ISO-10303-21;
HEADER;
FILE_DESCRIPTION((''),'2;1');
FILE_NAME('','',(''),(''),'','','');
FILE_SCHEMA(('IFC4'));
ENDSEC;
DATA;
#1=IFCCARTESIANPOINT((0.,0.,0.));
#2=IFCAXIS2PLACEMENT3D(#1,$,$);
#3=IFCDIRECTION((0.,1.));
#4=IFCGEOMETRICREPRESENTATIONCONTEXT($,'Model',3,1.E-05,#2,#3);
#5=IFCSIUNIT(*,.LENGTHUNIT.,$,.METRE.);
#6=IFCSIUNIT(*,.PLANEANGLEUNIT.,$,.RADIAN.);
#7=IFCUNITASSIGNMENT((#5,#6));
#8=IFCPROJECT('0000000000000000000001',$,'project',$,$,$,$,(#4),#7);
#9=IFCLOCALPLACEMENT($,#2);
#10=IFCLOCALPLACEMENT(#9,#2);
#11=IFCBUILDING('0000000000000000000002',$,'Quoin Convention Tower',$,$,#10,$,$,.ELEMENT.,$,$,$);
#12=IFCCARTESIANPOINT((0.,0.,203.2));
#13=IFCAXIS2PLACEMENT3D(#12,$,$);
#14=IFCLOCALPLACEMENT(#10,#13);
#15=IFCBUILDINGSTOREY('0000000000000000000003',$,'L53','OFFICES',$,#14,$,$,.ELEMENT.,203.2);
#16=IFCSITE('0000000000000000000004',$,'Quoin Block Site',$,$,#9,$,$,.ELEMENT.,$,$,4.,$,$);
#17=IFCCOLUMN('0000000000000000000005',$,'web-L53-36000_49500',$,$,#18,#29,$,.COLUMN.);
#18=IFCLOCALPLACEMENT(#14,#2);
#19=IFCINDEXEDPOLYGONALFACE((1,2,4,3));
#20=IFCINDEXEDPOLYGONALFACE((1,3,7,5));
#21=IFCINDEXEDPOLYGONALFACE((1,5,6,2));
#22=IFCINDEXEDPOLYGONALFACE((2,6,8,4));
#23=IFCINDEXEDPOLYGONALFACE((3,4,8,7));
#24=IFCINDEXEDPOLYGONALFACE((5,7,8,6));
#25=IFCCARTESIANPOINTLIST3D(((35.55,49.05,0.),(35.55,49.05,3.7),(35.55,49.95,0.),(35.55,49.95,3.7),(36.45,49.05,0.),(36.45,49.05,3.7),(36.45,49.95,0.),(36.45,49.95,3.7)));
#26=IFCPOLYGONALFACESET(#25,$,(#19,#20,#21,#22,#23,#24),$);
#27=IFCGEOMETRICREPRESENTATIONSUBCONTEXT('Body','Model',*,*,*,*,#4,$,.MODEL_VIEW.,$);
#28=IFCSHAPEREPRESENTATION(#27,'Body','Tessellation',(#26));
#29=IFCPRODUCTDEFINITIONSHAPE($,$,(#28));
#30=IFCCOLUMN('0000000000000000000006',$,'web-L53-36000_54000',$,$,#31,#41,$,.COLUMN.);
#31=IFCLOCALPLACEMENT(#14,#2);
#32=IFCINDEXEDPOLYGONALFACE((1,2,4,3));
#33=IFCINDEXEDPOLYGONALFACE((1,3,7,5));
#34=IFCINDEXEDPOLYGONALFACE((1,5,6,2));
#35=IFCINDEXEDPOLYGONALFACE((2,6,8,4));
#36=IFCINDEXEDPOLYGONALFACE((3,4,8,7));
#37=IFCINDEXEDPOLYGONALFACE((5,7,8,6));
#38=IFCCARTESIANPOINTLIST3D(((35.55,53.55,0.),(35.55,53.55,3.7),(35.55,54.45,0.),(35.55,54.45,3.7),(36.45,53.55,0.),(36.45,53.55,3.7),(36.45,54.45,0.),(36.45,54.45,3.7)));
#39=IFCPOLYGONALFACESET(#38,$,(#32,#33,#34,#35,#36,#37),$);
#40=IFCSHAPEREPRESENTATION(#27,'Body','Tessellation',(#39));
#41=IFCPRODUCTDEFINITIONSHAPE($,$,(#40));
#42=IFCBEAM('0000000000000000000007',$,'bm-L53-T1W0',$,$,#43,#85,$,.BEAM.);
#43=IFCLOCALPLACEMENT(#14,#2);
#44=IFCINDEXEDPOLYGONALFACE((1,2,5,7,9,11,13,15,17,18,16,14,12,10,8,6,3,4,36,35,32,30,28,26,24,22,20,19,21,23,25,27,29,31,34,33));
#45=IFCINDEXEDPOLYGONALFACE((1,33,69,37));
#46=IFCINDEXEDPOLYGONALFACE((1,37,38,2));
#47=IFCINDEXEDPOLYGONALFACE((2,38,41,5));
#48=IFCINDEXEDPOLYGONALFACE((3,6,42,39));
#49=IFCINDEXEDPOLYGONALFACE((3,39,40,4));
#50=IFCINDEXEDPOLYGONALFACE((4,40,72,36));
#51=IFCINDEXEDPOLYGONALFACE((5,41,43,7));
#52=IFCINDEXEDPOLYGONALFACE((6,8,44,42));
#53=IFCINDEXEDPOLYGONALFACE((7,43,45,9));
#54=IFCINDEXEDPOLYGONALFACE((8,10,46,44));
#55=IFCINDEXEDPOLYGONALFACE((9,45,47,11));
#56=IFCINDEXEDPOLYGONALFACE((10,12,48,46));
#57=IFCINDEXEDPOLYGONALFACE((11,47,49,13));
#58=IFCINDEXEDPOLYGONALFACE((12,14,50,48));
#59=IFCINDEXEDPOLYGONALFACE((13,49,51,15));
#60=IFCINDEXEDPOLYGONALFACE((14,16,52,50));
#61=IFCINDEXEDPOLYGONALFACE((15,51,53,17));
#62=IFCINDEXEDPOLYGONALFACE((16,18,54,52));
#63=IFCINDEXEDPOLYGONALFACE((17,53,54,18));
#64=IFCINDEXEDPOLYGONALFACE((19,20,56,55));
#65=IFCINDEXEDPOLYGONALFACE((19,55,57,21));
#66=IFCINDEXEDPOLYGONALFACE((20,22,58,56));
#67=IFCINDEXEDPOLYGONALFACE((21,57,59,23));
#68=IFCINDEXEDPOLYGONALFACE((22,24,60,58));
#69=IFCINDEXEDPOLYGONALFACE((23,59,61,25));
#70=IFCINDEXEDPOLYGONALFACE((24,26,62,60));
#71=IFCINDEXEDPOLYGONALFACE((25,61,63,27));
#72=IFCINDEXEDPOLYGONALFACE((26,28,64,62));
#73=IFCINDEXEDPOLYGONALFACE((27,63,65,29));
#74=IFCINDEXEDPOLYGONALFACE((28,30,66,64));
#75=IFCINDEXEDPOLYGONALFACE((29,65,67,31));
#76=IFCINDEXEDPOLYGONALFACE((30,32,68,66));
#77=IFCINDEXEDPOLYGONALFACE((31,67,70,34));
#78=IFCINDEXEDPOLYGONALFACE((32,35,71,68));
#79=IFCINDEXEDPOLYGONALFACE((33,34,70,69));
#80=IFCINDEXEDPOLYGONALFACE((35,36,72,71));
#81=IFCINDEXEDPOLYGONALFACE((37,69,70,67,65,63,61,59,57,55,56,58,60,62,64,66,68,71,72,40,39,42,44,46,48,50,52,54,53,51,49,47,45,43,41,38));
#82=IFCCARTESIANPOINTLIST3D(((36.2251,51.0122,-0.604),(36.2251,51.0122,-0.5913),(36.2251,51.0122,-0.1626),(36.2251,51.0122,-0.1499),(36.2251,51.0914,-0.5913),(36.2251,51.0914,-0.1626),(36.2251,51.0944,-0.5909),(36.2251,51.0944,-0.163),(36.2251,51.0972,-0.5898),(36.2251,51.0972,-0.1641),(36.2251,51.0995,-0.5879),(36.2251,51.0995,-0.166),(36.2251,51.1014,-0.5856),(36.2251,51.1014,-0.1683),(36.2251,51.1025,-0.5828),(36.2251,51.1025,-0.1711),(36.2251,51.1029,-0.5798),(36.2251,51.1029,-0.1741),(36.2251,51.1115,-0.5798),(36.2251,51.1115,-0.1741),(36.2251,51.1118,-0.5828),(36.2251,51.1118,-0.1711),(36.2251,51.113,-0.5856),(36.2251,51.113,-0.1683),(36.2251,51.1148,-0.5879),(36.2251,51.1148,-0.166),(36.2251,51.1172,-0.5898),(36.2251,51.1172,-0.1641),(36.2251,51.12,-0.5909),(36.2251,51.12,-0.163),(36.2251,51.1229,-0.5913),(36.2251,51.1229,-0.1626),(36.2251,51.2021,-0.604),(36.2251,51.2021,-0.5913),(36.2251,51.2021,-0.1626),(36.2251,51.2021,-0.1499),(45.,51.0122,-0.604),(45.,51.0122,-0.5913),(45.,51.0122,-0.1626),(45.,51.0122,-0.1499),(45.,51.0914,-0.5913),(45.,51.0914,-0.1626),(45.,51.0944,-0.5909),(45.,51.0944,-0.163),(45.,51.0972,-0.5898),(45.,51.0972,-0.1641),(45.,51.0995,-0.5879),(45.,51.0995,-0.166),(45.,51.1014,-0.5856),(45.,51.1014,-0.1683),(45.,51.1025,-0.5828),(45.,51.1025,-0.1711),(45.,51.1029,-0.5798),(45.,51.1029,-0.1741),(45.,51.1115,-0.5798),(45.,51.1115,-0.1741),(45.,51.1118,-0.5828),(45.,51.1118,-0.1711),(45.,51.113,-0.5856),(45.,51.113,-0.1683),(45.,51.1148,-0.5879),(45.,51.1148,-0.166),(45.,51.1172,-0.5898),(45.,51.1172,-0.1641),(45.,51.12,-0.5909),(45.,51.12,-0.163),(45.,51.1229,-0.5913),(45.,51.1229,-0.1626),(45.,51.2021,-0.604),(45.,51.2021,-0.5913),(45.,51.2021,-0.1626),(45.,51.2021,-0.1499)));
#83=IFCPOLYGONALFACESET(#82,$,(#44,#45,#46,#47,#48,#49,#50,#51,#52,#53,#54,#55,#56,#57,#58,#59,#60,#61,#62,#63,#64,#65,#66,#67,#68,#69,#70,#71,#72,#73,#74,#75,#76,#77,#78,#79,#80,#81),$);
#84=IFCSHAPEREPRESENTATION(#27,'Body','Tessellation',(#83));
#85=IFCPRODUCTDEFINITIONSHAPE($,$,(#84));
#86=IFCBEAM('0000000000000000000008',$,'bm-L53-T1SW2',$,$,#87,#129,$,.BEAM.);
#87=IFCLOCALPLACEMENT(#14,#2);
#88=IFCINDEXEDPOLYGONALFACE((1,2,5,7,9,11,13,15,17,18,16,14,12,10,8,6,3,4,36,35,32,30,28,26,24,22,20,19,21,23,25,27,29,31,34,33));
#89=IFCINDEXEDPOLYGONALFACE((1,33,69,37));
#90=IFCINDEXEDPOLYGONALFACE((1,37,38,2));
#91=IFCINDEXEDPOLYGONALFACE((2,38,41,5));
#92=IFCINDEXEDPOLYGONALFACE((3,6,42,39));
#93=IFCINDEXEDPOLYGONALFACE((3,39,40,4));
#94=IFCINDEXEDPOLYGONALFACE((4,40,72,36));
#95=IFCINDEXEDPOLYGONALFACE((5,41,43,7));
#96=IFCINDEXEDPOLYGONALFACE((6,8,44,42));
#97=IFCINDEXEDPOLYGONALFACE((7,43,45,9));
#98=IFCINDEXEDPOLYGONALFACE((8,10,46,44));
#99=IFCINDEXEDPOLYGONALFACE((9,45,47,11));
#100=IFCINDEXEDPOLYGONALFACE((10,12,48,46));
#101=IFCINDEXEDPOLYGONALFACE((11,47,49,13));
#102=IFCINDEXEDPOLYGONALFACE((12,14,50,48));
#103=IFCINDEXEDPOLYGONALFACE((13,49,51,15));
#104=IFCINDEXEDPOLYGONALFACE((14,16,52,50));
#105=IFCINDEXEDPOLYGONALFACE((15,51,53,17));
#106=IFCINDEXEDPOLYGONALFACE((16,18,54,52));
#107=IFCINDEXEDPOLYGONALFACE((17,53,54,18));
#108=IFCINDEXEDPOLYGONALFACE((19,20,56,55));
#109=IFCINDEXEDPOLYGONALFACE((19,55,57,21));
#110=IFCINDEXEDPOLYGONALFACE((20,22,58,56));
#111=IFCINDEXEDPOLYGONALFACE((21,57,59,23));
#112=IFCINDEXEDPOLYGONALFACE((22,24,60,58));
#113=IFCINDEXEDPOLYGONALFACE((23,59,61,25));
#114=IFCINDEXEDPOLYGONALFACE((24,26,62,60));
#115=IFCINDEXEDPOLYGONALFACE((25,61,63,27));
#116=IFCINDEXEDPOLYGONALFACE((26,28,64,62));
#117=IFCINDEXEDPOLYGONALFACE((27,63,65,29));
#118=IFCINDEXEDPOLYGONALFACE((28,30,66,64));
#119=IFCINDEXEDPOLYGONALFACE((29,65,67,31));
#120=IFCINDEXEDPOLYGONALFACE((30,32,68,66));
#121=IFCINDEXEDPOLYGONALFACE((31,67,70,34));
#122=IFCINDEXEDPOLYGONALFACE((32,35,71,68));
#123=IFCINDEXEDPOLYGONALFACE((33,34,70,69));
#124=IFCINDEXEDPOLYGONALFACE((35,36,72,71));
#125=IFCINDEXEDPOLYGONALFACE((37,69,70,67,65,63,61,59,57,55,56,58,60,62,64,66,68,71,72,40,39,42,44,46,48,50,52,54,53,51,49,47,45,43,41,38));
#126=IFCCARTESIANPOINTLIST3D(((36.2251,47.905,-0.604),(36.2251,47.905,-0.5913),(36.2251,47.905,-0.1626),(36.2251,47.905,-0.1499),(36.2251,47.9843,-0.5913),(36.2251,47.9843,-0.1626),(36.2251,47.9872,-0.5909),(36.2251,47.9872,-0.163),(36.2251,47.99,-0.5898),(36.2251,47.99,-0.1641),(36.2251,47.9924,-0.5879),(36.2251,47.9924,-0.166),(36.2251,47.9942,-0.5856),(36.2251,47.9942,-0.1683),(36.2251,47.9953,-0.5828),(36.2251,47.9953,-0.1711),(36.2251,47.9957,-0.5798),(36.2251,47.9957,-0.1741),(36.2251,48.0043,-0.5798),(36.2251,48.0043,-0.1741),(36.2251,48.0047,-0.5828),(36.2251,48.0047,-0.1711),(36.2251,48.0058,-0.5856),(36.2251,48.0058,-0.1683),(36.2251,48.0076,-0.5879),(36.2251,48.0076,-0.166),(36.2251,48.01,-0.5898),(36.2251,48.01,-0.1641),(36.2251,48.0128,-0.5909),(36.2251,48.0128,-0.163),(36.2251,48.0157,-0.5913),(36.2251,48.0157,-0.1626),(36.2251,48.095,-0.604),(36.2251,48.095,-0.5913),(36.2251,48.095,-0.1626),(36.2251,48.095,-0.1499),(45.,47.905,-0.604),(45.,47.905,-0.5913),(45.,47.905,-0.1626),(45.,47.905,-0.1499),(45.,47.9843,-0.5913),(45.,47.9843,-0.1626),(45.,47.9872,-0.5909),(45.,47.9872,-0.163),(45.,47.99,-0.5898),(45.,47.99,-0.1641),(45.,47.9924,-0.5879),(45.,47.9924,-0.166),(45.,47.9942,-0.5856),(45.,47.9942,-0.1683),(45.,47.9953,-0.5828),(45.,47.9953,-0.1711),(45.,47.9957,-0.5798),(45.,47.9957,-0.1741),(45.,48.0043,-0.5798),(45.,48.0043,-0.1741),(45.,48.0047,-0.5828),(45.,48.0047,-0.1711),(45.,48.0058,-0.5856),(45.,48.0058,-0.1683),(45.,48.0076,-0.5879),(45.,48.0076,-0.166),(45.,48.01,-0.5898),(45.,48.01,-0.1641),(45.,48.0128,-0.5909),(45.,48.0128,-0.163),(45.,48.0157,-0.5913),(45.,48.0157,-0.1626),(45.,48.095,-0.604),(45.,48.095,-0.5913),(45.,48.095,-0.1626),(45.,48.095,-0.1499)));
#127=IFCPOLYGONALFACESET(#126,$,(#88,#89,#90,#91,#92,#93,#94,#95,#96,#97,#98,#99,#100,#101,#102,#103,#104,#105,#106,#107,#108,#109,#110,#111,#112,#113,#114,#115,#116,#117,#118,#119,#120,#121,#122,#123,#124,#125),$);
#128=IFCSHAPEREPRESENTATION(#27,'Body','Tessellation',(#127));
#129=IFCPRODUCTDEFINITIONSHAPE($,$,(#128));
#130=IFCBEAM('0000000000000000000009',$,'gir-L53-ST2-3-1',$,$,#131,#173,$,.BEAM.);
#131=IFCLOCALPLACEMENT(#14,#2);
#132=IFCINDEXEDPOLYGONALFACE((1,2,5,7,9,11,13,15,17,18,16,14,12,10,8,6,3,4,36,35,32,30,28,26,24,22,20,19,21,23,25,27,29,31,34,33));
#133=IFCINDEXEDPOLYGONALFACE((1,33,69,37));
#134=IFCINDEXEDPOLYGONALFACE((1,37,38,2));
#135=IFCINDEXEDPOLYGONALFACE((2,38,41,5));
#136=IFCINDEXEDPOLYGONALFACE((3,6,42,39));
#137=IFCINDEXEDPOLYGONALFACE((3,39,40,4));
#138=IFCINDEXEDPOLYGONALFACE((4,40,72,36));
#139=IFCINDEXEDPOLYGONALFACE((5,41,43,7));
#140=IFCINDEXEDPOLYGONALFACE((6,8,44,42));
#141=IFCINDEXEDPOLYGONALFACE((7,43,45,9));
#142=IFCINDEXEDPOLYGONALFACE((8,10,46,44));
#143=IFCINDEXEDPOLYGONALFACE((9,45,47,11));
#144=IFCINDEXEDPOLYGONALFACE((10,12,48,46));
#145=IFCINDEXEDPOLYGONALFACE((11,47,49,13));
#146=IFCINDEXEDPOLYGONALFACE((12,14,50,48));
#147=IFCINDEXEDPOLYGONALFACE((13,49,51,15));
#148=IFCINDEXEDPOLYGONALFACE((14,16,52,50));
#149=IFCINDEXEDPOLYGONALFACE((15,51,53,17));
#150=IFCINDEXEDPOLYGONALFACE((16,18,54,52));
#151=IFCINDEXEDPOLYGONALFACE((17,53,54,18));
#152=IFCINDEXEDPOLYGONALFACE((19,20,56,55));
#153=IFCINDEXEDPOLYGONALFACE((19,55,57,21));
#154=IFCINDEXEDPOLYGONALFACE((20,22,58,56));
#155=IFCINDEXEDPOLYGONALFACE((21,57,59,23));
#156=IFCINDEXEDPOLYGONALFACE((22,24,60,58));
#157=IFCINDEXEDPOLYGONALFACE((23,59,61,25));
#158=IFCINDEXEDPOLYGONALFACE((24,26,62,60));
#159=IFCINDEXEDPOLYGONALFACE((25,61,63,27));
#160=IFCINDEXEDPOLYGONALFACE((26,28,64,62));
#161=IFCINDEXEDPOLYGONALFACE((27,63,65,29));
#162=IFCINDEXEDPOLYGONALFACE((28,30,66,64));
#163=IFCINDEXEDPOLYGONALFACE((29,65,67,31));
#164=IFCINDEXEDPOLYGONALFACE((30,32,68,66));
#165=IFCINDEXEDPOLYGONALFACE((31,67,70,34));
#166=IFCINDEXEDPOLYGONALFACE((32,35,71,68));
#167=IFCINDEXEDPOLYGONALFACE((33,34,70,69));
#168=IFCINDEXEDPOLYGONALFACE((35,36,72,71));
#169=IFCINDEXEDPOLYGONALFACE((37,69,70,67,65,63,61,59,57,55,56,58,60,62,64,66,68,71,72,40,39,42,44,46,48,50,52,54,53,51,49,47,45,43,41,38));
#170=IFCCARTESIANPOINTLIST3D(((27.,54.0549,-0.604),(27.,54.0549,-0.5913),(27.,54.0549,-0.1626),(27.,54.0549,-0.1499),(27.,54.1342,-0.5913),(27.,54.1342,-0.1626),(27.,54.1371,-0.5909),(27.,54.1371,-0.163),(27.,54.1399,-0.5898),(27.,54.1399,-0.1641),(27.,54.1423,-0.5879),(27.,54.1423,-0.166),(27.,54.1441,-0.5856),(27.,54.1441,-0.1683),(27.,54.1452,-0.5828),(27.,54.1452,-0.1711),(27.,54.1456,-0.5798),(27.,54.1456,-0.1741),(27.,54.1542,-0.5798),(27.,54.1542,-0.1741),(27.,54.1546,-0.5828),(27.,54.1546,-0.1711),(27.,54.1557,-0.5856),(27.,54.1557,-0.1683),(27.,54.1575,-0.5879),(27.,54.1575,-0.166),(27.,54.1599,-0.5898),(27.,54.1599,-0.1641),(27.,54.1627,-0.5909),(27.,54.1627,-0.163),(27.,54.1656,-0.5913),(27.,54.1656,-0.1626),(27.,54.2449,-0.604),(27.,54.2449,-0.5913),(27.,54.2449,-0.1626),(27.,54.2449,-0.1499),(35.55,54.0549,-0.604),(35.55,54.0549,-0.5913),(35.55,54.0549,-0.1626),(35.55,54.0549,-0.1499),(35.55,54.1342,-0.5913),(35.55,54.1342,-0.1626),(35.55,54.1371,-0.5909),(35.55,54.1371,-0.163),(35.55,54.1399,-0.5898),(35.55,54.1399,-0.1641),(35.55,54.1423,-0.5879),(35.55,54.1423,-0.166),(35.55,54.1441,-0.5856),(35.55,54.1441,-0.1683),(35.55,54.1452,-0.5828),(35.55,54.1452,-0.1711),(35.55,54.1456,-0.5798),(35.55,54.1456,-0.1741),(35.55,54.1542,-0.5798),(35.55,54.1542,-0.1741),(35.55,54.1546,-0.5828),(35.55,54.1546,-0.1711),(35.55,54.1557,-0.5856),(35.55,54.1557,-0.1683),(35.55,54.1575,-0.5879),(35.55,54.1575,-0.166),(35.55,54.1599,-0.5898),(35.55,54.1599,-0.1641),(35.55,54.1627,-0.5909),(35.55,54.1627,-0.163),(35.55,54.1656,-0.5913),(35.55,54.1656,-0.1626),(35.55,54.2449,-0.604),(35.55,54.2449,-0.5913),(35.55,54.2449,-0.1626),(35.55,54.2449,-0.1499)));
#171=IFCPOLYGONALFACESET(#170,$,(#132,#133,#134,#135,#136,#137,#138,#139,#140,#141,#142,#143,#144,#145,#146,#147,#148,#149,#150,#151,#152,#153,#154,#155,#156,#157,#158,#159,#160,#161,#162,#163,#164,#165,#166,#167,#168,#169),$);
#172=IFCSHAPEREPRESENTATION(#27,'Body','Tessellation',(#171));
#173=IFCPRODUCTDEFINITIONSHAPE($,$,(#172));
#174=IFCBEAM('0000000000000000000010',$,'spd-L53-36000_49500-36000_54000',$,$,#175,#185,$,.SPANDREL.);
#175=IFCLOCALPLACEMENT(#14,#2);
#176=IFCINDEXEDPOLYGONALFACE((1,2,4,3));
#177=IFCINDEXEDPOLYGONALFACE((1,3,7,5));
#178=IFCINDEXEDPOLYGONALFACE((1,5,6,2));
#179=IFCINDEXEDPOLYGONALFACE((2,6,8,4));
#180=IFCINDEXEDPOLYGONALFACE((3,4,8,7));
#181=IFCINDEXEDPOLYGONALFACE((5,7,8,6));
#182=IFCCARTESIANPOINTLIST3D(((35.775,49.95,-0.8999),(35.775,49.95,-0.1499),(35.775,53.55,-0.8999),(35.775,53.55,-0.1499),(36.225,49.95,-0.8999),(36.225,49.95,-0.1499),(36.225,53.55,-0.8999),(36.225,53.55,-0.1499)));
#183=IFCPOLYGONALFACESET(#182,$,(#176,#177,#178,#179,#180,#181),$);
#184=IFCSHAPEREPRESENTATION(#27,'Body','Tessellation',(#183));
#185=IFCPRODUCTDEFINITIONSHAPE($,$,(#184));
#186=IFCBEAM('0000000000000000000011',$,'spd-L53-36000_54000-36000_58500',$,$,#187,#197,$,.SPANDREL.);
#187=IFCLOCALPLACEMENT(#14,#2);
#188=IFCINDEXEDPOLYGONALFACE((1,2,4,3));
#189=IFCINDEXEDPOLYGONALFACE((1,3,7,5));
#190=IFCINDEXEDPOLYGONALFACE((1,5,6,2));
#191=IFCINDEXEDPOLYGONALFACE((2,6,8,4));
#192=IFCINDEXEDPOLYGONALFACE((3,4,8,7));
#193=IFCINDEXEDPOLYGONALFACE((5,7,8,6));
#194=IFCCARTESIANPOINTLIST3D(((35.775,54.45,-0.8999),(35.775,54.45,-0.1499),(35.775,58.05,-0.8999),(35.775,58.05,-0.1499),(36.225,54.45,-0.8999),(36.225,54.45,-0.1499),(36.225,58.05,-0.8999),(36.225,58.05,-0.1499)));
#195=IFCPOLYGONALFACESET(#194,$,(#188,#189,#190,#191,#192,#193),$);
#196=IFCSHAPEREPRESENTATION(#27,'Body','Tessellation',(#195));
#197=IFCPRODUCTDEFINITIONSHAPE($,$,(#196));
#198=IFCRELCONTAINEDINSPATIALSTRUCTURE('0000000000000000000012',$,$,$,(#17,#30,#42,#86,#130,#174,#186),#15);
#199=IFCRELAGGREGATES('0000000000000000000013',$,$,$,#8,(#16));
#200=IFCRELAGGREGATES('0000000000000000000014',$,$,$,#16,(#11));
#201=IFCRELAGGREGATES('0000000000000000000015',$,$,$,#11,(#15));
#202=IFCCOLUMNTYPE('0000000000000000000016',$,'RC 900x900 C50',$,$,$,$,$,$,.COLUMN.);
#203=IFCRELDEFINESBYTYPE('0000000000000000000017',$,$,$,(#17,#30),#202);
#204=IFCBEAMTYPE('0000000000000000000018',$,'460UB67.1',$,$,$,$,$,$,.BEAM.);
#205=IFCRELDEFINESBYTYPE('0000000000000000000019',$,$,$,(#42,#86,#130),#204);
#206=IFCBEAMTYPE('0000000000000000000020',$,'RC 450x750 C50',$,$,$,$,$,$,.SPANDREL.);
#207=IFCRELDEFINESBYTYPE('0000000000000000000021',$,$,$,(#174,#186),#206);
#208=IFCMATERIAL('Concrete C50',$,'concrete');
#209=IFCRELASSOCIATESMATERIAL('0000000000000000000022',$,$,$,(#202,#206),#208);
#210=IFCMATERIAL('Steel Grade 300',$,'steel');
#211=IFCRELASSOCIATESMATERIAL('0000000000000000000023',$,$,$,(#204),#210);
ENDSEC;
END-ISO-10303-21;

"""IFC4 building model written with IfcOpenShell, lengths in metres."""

from ifc_helpers import new_model, si_unit, direction, frame, origin, origin_2d, place, context, subcontext, project, spatial, rectangle, i_section, extrude, material, material_profile, profile_set, type_object, element, save


model = new_model("IFC4")

# Units and contexts
model_context = context("Model", 3, precision=1e-05, world=origin(), true_north=direction((0.0, 1.0)))
body_context = subcontext(model_context, "Body", "Model", "MODEL_VIEW")
ifc_project = project(units=[si_unit("LENGTHUNIT", "METRE"), si_unit("PLANEANGLEUNIT", "RADIAN")], contexts=[model_context])

# Site, building, storey
site_placement = place(None, origin())
site = spatial("IfcSite", under=ifc_project, at=site_placement, Name="Quoin Block Site", CompositionType="ELEMENT", RefElevation=4.0)
building_placement = place(site_placement, origin())
building = spatial("IfcBuilding", under=site, at=building_placement, Name="Quoin Convention Tower", CompositionType="ELEMENT")
storey_placement = place(building_placement, frame((0.0, 0.0, 203.2)))
storey = spatial("IfcBuildingStorey", under=building, at=storey_placement, Name="L53", Description="OFFICES", CompositionType="ELEMENT", Elevation=203.2)

# Columns
ifc_material_1 = material(Name="Concrete C50", Category="concrete")
ifc_material_profile_1 = material_profile(ifc_material_1, rectangle(XDim=0.8999, YDim=0.8999, at=origin_2d()), Name="RC 900x900")
ifc_profile_set_1 = profile_set([ifc_material_profile_1], Name="Concrete C50")
column_type = type_object("IfcColumnType", Name="RC 900x900 C50", PredefinedType="COLUMN", material=ifc_profile_set_1)
for number, where, z_axis, x_axis, name in (
    (1, (36.0, 49.5, 0.0), (0.0, 0.0, 1.0), (1.0, 0.0, 0.0), "web-L53-36000_49500"),
    (2, (36.0, 54.0, 0.0), (0.0, 0.0, 1.0), (1.0, 0.0, 0.0), "web-L53-36000_54000"),
):
    element("IfcColumn", number, at=place(storey_placement, frame(where, z_axis=z_axis, x_axis=x_axis)), inside=storey, type_object=column_type, Name=name, PredefinedType="COLUMN", context=body_context, shape_type="SweptSolid", body=[
        extrude(rectangle(XDim=0.8999, YDim=0.8999, at=origin_2d()), origin(), (0.0, 0.0, 1.0), 3.7),
    ])

# Beams
ifc_material_2 = material(Name="Steel Grade 300", Category="steel")
ifc_material_profile_2 = material_profile(ifc_material_2, i_section(OverallWidth=0.1899, OverallDepth=0.4541, WebThickness=0.0085, FlangeThickness=0.0127, FilletRadius=0.0115, at=origin_2d()), Name="460UB67.1")
ifc_profile_set_2 = profile_set([ifc_material_profile_2], Name="Steel Grade 300")
beam_type_1 = type_object("IfcBeamType", Name="460UB67.1", PredefinedType="BEAM", material=ifc_profile_set_2)
for number, where, z_axis, x_axis, name in (
    (3, (36.2251, 51.1072, -0.377), (1.0, 0.0, 0.0), (0.0, 1.0, 0.0), "bm-L53-T1W0"),
    (4, (36.2251, 48.0, -0.377), (1.0, 0.0, 0.0), (0.0, 1.0, 0.0), "bm-L53-T1SW2"),
):
    element("IfcBeam", number, at=place(storey_placement, frame(where, z_axis=z_axis, x_axis=x_axis)), inside=storey, type_object=beam_type_1, Name=name, PredefinedType="BEAM", context=body_context, shape_type="SweptSolid", body=[
        extrude(i_section(OverallWidth=0.1899, OverallDepth=0.4541, WebThickness=0.0085, FlangeThickness=0.0127, FilletRadius=0.0115, at=origin_2d()), origin(), (0.0, 0.0, 1.0), 8.7749),
    ])
beam_placement = place(storey_placement, frame((27.0, 54.1499, -0.377), z_axis=(1.0, 0.0, 0.0), x_axis=(0.0, 1.0, 0.0)))
element("IfcBeam", 5, at=beam_placement, inside=storey, type_object=beam_type_1, Name="gir-L53-ST2-3-1", PredefinedType="BEAM", context=body_context, shape_type="SweptSolid", body=[
    extrude(i_section(OverallWidth=0.1899, OverallDepth=0.4541, WebThickness=0.0085, FlangeThickness=0.0127, FilletRadius=0.0115, at=origin_2d()), origin(), (0.0, 0.0, 1.0), 8.55),
])
ifc_material_profile_3 = material_profile(ifc_material_1, rectangle(XDim=0.45, YDim=0.75, at=origin_2d()), Name="RC 450x750")
ifc_profile_set_3 = profile_set([ifc_material_profile_3], Name="Concrete C50")
beam_type_2 = type_object("IfcBeamType", Name="RC 450x750 C50", PredefinedType="SPANDREL", material=ifc_profile_set_3)
for number, where, z_axis, x_axis, name in (
    (6, (36.0, 49.95, -0.5249), (0.0, 1.0, 0.0), (-1.0, 0.0, 0.0), "spd-L53-36000_49500-36000_54000"),
    (7, (36.0, 54.45, -0.5249), (0.0, 1.0, 0.0), (-1.0, 0.0, 0.0), "spd-L53-36000_54000-36000_58500"),
):
    element("IfcBeam", number, at=place(storey_placement, frame(where, z_axis=z_axis, x_axis=x_axis)), inside=storey, type_object=beam_type_2, Name=name, PredefinedType="SPANDREL", context=body_context, shape_type="SweptSolid", body=[
        extrude(rectangle(XDim=0.45, YDim=0.75, at=origin_2d()), origin(), (0.0, 0.0, 1.0), 3.6001),
    ])

save(model, "model.ifc")
